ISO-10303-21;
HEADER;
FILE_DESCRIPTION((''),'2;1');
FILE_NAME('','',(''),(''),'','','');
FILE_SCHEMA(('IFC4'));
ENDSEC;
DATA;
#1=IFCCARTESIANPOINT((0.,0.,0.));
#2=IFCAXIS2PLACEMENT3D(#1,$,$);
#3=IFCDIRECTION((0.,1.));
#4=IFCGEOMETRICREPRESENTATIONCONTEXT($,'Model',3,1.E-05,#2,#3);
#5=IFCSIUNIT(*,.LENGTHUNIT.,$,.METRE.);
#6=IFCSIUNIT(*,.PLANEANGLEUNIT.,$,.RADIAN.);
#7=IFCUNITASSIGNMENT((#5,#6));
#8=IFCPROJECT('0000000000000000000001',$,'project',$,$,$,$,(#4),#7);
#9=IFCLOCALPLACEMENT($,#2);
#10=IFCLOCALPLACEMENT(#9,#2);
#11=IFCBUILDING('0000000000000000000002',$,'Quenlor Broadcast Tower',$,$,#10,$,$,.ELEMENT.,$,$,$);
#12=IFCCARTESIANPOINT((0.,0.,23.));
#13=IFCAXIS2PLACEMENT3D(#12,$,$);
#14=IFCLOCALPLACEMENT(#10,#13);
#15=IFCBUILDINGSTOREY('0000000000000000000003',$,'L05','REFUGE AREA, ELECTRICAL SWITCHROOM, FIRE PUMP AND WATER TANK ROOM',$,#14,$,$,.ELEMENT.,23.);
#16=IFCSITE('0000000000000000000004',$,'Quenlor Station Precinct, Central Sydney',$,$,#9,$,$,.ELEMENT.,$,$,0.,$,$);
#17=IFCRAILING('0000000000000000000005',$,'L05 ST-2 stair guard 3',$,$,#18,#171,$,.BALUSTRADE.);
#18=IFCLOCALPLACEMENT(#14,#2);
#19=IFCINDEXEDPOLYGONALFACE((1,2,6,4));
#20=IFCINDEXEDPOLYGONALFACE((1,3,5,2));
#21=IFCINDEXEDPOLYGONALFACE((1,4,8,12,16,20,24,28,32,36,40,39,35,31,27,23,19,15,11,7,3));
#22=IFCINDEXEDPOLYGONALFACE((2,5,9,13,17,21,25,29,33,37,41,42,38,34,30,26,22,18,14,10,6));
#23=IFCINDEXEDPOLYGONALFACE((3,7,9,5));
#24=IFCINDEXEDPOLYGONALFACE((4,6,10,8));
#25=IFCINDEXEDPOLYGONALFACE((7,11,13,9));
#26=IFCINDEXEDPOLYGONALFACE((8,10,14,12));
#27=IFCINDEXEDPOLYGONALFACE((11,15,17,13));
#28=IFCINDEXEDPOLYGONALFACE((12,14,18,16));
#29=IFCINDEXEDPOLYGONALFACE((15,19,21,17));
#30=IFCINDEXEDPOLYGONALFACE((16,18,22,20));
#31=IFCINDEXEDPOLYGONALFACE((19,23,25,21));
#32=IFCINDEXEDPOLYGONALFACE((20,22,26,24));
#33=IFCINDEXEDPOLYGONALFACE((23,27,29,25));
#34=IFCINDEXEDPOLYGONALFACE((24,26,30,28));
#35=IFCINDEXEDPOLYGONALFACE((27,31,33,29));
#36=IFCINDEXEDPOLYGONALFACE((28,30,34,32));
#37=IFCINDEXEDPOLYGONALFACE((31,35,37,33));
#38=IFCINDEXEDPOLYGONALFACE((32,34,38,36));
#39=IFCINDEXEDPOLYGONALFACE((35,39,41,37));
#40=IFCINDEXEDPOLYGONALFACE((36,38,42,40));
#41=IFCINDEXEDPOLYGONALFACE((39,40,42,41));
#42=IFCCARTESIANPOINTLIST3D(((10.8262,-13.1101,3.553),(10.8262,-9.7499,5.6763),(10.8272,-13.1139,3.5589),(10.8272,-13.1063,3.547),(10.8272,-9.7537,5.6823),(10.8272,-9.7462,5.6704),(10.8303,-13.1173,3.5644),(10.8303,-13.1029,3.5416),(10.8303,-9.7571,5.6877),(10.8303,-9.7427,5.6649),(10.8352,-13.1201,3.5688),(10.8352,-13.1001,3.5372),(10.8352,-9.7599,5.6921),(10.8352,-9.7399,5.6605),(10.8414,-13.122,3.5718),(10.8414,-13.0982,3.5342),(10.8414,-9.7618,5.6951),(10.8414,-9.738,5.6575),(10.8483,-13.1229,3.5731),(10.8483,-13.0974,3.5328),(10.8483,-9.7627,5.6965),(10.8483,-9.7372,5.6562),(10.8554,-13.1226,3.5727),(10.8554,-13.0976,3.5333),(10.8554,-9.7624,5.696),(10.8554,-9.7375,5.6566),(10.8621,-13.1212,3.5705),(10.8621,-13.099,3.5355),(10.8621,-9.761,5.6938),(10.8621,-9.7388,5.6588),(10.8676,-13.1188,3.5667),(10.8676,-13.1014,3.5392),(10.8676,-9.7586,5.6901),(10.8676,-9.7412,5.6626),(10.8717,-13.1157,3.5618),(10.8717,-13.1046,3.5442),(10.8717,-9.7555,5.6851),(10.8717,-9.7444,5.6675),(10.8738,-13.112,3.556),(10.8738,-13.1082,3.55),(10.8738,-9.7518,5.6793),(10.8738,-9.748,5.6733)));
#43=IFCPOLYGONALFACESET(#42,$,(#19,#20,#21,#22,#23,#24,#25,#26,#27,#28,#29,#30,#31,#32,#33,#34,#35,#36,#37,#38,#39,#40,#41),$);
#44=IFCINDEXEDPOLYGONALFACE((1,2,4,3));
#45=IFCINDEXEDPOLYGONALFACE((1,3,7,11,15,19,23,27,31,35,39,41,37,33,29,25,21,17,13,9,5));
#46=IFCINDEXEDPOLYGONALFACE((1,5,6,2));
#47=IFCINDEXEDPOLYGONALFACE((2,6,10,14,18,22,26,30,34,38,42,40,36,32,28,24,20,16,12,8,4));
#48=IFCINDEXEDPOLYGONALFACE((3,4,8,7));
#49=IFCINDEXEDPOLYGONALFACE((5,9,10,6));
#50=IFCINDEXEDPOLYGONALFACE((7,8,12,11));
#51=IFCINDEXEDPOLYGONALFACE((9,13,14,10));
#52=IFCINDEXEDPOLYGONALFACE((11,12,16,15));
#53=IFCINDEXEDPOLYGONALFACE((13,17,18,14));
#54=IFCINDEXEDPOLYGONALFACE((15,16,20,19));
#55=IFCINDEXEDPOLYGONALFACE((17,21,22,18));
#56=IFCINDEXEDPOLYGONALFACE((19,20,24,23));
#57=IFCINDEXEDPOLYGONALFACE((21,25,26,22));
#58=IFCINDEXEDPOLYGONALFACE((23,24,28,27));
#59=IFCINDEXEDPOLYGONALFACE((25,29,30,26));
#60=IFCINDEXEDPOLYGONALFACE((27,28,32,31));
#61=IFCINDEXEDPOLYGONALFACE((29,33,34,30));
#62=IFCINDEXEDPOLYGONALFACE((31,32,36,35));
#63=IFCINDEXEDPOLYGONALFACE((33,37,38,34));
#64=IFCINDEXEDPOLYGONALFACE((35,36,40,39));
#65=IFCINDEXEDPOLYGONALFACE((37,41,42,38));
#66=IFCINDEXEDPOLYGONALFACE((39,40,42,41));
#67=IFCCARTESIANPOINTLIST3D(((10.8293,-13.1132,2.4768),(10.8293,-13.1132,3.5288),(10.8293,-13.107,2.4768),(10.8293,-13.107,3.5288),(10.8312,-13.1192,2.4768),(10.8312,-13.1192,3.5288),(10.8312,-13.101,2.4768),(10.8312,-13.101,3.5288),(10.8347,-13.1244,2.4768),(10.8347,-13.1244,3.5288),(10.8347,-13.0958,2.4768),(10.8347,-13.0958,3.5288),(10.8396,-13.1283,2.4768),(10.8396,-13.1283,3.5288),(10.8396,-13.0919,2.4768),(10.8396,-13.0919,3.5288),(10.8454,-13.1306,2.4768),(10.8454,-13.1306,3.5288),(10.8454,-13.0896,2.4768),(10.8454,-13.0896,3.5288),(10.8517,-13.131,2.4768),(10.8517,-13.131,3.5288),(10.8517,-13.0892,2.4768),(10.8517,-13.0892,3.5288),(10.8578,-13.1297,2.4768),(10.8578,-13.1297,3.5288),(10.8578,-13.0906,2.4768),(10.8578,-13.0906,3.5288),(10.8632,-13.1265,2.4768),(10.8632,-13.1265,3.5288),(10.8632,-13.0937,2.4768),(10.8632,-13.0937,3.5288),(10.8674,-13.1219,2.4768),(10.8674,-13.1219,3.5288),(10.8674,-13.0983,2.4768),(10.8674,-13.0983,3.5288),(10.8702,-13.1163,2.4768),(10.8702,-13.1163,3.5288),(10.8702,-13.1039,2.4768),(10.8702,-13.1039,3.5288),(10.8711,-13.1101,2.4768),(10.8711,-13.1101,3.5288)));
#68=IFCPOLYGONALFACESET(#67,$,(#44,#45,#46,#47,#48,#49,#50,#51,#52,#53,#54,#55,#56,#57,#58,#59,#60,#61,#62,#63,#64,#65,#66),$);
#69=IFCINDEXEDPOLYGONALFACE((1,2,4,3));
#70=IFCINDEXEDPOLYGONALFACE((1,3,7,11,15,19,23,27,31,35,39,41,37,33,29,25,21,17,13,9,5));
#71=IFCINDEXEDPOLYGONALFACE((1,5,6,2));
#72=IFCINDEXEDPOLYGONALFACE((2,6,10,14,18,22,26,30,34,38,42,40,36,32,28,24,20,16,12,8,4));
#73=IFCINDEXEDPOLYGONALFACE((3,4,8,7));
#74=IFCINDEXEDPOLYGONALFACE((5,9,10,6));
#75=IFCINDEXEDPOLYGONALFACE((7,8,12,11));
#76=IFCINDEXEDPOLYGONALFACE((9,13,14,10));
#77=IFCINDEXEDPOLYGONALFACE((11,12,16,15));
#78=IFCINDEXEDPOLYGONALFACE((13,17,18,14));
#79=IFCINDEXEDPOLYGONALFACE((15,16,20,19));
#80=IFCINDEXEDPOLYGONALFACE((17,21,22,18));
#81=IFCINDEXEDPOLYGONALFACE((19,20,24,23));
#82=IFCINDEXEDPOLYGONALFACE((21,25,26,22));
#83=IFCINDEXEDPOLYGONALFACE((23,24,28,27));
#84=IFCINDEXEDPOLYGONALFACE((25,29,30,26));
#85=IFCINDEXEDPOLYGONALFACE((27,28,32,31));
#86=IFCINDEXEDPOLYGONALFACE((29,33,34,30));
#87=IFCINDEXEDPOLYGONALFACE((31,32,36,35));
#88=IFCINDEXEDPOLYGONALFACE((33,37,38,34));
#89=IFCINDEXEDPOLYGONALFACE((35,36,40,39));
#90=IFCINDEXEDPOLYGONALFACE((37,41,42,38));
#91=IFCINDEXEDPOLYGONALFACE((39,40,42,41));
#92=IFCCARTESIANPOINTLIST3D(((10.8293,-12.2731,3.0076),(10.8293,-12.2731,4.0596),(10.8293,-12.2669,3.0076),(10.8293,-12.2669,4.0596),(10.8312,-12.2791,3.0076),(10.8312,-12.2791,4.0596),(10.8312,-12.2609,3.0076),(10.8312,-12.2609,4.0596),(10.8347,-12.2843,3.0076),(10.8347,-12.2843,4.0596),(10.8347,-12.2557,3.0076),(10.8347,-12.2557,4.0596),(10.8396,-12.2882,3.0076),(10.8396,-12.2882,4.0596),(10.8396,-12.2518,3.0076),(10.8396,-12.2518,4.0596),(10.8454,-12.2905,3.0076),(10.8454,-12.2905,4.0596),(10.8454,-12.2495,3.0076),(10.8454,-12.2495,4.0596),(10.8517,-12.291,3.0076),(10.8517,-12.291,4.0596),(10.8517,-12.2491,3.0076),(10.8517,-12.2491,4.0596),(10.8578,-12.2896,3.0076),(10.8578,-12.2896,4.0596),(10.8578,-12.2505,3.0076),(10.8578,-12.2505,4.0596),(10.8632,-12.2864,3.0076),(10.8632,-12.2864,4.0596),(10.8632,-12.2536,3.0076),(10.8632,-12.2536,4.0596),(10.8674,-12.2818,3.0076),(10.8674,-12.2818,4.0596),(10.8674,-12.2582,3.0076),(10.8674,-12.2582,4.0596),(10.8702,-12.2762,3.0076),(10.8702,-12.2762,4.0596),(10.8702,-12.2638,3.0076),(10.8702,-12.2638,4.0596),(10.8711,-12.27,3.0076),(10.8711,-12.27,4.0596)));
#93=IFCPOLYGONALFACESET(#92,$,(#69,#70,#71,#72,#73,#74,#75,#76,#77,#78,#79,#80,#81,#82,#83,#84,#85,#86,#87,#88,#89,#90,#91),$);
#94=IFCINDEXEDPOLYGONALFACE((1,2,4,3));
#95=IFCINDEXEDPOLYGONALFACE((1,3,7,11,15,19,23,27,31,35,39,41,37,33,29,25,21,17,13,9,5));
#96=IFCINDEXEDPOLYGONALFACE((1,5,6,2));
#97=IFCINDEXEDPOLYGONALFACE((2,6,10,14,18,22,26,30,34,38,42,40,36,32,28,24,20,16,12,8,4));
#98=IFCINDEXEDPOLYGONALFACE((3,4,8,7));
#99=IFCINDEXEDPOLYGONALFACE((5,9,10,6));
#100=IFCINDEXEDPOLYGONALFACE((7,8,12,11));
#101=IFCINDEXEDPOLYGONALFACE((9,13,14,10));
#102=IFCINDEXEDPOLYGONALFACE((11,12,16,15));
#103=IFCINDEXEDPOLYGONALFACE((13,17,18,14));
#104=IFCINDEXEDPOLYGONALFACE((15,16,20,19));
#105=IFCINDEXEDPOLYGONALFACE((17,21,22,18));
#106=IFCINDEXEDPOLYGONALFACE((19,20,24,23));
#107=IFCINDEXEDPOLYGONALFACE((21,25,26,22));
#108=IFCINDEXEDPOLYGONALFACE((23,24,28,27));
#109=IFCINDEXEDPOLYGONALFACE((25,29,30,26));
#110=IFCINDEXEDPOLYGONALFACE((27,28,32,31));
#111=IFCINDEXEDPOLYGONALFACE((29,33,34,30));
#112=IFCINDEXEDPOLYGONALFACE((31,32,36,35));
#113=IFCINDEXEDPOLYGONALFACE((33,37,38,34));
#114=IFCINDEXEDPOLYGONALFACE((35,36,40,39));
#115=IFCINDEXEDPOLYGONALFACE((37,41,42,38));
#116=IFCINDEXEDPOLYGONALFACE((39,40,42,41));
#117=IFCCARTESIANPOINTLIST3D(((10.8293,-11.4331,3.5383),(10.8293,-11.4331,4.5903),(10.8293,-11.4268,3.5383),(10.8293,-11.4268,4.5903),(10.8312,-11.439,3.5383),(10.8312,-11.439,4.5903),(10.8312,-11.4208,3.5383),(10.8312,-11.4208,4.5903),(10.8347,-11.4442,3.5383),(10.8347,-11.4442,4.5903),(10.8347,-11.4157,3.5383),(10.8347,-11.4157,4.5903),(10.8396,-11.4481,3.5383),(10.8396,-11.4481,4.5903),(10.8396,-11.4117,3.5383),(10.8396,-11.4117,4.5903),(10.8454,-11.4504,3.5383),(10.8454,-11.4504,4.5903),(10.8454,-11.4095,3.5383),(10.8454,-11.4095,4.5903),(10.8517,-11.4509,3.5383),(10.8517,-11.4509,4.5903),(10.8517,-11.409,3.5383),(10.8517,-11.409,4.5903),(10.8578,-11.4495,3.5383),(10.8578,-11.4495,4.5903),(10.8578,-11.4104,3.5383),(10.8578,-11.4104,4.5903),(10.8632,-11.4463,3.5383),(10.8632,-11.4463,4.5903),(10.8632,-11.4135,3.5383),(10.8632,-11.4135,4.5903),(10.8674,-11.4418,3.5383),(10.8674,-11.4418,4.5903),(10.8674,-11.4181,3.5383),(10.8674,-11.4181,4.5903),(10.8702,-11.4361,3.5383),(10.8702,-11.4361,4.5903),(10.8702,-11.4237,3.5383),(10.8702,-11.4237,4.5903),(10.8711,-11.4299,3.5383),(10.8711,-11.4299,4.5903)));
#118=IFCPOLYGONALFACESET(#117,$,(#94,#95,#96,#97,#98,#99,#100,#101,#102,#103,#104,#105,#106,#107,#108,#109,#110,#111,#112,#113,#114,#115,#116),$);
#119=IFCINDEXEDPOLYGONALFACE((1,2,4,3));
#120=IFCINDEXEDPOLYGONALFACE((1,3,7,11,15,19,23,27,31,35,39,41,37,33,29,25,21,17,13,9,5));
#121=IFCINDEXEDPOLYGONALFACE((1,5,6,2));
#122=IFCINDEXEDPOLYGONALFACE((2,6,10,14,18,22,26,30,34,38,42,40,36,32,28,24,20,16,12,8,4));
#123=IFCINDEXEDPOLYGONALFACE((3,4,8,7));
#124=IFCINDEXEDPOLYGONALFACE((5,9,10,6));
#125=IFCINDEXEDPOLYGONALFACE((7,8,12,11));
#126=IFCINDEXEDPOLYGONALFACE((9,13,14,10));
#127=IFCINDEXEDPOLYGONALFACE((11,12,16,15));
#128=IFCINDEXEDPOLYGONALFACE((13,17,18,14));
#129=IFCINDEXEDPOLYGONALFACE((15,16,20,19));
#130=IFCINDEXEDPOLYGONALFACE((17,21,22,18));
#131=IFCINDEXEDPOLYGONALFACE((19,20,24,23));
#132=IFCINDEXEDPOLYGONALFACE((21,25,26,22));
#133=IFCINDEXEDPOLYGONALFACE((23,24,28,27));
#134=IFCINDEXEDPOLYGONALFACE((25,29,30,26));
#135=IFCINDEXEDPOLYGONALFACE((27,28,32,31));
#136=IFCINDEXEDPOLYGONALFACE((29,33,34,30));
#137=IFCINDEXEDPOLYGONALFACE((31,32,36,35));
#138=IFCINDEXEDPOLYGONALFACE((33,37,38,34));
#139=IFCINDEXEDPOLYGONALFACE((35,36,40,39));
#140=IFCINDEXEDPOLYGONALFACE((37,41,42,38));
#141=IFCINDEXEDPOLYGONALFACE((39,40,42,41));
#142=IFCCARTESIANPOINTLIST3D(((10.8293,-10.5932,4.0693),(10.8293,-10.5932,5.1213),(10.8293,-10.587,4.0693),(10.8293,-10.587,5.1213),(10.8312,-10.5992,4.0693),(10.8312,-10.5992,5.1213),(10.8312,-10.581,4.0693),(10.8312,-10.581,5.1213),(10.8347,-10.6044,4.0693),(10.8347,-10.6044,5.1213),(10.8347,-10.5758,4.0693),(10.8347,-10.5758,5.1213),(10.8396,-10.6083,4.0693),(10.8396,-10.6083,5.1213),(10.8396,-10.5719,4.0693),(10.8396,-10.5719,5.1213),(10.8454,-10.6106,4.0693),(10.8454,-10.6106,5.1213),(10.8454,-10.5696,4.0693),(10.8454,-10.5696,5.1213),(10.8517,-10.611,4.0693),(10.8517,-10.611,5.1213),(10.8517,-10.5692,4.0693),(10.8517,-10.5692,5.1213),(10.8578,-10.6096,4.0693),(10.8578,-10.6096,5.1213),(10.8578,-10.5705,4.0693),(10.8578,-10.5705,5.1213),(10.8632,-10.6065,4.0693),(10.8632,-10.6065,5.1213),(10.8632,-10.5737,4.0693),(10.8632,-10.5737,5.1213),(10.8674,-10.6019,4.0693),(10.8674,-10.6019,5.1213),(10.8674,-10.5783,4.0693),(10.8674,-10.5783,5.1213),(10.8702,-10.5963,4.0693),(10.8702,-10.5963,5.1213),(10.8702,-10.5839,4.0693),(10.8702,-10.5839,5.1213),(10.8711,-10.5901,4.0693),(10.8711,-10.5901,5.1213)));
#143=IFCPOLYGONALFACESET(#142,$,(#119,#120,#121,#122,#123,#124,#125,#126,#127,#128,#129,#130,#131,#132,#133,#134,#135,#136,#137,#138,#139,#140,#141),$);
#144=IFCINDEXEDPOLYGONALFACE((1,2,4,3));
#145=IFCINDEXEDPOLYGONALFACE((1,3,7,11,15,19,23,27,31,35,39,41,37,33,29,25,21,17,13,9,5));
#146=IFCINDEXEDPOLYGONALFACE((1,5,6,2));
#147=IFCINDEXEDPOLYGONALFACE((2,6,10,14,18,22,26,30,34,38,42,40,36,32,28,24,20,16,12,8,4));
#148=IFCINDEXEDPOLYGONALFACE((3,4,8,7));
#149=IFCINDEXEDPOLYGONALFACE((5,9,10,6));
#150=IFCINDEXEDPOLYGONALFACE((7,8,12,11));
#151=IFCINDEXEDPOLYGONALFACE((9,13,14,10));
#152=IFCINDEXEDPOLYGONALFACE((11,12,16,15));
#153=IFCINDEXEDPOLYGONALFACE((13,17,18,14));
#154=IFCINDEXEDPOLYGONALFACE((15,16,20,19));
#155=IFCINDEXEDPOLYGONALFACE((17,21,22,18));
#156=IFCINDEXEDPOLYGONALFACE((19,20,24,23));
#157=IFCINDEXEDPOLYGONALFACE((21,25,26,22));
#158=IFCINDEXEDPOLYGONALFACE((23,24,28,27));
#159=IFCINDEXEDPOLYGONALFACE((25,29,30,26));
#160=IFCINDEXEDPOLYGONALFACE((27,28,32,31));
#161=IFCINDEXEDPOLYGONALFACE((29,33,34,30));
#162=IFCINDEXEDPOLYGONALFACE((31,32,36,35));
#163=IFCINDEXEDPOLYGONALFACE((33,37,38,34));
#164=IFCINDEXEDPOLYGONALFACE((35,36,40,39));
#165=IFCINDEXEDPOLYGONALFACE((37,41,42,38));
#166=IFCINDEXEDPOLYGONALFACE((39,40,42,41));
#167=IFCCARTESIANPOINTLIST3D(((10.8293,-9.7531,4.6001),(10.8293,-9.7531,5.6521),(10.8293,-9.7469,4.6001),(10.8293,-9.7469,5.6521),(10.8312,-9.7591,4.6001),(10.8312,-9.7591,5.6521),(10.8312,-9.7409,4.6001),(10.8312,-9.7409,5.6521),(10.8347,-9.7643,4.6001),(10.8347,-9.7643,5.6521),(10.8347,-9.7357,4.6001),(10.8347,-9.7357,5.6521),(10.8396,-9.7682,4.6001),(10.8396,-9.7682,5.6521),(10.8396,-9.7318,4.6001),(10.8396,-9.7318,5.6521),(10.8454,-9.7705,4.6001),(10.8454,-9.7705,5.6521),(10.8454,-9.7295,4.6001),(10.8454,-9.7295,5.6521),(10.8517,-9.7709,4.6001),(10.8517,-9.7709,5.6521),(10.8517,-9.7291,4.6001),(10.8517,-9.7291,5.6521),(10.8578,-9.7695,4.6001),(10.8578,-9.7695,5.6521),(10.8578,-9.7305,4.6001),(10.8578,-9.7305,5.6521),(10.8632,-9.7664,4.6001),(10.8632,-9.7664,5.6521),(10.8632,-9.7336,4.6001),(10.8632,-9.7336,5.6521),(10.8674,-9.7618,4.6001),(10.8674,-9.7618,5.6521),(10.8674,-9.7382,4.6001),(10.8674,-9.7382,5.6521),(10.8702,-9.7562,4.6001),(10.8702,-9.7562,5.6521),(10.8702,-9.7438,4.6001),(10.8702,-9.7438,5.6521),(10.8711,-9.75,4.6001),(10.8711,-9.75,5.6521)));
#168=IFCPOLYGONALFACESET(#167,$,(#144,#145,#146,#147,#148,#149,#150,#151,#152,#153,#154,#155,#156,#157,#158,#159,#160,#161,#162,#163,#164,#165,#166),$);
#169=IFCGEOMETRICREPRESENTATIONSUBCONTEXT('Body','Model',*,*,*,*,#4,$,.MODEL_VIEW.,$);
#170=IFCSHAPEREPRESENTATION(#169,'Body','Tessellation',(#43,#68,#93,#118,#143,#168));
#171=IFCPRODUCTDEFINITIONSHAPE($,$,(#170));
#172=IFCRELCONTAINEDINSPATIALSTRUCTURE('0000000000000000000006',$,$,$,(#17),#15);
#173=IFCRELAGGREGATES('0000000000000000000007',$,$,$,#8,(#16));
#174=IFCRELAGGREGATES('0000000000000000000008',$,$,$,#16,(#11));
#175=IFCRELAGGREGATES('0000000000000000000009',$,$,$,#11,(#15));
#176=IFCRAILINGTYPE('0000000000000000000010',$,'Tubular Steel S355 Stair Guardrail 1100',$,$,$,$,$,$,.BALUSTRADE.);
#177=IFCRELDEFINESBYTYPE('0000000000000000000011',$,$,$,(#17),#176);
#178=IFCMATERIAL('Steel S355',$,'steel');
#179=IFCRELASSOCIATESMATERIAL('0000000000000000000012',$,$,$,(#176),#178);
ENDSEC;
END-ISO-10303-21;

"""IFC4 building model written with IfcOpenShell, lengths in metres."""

from ifc_helpers import new_model, si_unit, direction, frame, origin, origin_2d, place, context, subcontext, project, spatial, circle, extrude, material, type_object, element, save


model = new_model("IFC4")

# Units and contexts
model_context = context("Model", 3, precision=1e-05, world=origin(), true_north=direction((0.0, 1.0)))
body_context = subcontext(model_context, "Body", "Model", "MODEL_VIEW")
ifc_project = project(units=[si_unit("LENGTHUNIT", "METRE"), si_unit("PLANEANGLEUNIT", "RADIAN")], contexts=[model_context])

# Site, building, storey
site_placement = place(None, origin())
site = spatial("IfcSite", under=ifc_project, at=site_placement, Name="Quenlor Station Precinct, Central Sydney", CompositionType="ELEMENT", RefElevation=0.0)
building_placement = place(site_placement, origin())
building = spatial("IfcBuilding", under=site, at=building_placement, Name="Quenlor Broadcast Tower", CompositionType="ELEMENT")
storey_placement = place(building_placement, frame((0.0, 0.0, 23.0)))
storey = spatial("IfcBuildingStorey", under=building, at=storey_placement, Name="L05", Description="REFUGE AREA, ELECTRICAL SWITCHROOM, FIRE PUMP AND WATER TANK ROOM", CompositionType="ELEMENT", Elevation=23.0)

# Railing
ifc_material_1 = material(Name="Steel S355", Category="steel")
railing_type_1 = type_object("IfcRailingType", Name="Tubular Steel S355 Stair Guardrail 1100", PredefinedType="BALUSTRADE", material=ifc_material_1)
railing_1_placement = place(storey_placement, frame((10.8501, -13.1101, 2.4768)))
element("IfcRailing", 1, at=railing_1_placement, inside=storey, type_object=railing_type_1, Name="L05 ST-2 stair guard 3", PredefinedType="BALUSTRADE", context=body_context, shape_type="SweptSolid", body=[
    extrude(circle(Radius=0.0239, at=origin_2d()), frame((0.0, 0.0, 1.0762), z_axis=(0.0, 0.845362, 0.534194), x_axis=(-1.0, 0.0, 0.0)), (0.0, 0.0, 1.0), 3.9749),
    extrude(circle(Radius=0.021, at=origin_2d()), origin(), (0.0, 0.0, 1.0), 1.052),
    extrude(circle(Radius=0.021, at=origin_2d()), frame((0.0, 0.8401, 0.5308)), (0.0, 0.0, 1.0), 1.052),
    extrude(circle(Radius=0.021, at=origin_2d()), frame((0.0, 1.6802, 1.0615)), (0.0, 0.0, 1.0), 1.052),
    extrude(circle(Radius=0.021, at=origin_2d()), frame((0.0, 2.52, 1.5925)), (0.0, 0.0, 1.0), 1.052),
    extrude(circle(Radius=0.021, at=origin_2d()), frame((0.0, 3.3601, 2.1233)), (0.0, 0.0, 1.0), 1.052),
])

save(model, "model.ifc")
